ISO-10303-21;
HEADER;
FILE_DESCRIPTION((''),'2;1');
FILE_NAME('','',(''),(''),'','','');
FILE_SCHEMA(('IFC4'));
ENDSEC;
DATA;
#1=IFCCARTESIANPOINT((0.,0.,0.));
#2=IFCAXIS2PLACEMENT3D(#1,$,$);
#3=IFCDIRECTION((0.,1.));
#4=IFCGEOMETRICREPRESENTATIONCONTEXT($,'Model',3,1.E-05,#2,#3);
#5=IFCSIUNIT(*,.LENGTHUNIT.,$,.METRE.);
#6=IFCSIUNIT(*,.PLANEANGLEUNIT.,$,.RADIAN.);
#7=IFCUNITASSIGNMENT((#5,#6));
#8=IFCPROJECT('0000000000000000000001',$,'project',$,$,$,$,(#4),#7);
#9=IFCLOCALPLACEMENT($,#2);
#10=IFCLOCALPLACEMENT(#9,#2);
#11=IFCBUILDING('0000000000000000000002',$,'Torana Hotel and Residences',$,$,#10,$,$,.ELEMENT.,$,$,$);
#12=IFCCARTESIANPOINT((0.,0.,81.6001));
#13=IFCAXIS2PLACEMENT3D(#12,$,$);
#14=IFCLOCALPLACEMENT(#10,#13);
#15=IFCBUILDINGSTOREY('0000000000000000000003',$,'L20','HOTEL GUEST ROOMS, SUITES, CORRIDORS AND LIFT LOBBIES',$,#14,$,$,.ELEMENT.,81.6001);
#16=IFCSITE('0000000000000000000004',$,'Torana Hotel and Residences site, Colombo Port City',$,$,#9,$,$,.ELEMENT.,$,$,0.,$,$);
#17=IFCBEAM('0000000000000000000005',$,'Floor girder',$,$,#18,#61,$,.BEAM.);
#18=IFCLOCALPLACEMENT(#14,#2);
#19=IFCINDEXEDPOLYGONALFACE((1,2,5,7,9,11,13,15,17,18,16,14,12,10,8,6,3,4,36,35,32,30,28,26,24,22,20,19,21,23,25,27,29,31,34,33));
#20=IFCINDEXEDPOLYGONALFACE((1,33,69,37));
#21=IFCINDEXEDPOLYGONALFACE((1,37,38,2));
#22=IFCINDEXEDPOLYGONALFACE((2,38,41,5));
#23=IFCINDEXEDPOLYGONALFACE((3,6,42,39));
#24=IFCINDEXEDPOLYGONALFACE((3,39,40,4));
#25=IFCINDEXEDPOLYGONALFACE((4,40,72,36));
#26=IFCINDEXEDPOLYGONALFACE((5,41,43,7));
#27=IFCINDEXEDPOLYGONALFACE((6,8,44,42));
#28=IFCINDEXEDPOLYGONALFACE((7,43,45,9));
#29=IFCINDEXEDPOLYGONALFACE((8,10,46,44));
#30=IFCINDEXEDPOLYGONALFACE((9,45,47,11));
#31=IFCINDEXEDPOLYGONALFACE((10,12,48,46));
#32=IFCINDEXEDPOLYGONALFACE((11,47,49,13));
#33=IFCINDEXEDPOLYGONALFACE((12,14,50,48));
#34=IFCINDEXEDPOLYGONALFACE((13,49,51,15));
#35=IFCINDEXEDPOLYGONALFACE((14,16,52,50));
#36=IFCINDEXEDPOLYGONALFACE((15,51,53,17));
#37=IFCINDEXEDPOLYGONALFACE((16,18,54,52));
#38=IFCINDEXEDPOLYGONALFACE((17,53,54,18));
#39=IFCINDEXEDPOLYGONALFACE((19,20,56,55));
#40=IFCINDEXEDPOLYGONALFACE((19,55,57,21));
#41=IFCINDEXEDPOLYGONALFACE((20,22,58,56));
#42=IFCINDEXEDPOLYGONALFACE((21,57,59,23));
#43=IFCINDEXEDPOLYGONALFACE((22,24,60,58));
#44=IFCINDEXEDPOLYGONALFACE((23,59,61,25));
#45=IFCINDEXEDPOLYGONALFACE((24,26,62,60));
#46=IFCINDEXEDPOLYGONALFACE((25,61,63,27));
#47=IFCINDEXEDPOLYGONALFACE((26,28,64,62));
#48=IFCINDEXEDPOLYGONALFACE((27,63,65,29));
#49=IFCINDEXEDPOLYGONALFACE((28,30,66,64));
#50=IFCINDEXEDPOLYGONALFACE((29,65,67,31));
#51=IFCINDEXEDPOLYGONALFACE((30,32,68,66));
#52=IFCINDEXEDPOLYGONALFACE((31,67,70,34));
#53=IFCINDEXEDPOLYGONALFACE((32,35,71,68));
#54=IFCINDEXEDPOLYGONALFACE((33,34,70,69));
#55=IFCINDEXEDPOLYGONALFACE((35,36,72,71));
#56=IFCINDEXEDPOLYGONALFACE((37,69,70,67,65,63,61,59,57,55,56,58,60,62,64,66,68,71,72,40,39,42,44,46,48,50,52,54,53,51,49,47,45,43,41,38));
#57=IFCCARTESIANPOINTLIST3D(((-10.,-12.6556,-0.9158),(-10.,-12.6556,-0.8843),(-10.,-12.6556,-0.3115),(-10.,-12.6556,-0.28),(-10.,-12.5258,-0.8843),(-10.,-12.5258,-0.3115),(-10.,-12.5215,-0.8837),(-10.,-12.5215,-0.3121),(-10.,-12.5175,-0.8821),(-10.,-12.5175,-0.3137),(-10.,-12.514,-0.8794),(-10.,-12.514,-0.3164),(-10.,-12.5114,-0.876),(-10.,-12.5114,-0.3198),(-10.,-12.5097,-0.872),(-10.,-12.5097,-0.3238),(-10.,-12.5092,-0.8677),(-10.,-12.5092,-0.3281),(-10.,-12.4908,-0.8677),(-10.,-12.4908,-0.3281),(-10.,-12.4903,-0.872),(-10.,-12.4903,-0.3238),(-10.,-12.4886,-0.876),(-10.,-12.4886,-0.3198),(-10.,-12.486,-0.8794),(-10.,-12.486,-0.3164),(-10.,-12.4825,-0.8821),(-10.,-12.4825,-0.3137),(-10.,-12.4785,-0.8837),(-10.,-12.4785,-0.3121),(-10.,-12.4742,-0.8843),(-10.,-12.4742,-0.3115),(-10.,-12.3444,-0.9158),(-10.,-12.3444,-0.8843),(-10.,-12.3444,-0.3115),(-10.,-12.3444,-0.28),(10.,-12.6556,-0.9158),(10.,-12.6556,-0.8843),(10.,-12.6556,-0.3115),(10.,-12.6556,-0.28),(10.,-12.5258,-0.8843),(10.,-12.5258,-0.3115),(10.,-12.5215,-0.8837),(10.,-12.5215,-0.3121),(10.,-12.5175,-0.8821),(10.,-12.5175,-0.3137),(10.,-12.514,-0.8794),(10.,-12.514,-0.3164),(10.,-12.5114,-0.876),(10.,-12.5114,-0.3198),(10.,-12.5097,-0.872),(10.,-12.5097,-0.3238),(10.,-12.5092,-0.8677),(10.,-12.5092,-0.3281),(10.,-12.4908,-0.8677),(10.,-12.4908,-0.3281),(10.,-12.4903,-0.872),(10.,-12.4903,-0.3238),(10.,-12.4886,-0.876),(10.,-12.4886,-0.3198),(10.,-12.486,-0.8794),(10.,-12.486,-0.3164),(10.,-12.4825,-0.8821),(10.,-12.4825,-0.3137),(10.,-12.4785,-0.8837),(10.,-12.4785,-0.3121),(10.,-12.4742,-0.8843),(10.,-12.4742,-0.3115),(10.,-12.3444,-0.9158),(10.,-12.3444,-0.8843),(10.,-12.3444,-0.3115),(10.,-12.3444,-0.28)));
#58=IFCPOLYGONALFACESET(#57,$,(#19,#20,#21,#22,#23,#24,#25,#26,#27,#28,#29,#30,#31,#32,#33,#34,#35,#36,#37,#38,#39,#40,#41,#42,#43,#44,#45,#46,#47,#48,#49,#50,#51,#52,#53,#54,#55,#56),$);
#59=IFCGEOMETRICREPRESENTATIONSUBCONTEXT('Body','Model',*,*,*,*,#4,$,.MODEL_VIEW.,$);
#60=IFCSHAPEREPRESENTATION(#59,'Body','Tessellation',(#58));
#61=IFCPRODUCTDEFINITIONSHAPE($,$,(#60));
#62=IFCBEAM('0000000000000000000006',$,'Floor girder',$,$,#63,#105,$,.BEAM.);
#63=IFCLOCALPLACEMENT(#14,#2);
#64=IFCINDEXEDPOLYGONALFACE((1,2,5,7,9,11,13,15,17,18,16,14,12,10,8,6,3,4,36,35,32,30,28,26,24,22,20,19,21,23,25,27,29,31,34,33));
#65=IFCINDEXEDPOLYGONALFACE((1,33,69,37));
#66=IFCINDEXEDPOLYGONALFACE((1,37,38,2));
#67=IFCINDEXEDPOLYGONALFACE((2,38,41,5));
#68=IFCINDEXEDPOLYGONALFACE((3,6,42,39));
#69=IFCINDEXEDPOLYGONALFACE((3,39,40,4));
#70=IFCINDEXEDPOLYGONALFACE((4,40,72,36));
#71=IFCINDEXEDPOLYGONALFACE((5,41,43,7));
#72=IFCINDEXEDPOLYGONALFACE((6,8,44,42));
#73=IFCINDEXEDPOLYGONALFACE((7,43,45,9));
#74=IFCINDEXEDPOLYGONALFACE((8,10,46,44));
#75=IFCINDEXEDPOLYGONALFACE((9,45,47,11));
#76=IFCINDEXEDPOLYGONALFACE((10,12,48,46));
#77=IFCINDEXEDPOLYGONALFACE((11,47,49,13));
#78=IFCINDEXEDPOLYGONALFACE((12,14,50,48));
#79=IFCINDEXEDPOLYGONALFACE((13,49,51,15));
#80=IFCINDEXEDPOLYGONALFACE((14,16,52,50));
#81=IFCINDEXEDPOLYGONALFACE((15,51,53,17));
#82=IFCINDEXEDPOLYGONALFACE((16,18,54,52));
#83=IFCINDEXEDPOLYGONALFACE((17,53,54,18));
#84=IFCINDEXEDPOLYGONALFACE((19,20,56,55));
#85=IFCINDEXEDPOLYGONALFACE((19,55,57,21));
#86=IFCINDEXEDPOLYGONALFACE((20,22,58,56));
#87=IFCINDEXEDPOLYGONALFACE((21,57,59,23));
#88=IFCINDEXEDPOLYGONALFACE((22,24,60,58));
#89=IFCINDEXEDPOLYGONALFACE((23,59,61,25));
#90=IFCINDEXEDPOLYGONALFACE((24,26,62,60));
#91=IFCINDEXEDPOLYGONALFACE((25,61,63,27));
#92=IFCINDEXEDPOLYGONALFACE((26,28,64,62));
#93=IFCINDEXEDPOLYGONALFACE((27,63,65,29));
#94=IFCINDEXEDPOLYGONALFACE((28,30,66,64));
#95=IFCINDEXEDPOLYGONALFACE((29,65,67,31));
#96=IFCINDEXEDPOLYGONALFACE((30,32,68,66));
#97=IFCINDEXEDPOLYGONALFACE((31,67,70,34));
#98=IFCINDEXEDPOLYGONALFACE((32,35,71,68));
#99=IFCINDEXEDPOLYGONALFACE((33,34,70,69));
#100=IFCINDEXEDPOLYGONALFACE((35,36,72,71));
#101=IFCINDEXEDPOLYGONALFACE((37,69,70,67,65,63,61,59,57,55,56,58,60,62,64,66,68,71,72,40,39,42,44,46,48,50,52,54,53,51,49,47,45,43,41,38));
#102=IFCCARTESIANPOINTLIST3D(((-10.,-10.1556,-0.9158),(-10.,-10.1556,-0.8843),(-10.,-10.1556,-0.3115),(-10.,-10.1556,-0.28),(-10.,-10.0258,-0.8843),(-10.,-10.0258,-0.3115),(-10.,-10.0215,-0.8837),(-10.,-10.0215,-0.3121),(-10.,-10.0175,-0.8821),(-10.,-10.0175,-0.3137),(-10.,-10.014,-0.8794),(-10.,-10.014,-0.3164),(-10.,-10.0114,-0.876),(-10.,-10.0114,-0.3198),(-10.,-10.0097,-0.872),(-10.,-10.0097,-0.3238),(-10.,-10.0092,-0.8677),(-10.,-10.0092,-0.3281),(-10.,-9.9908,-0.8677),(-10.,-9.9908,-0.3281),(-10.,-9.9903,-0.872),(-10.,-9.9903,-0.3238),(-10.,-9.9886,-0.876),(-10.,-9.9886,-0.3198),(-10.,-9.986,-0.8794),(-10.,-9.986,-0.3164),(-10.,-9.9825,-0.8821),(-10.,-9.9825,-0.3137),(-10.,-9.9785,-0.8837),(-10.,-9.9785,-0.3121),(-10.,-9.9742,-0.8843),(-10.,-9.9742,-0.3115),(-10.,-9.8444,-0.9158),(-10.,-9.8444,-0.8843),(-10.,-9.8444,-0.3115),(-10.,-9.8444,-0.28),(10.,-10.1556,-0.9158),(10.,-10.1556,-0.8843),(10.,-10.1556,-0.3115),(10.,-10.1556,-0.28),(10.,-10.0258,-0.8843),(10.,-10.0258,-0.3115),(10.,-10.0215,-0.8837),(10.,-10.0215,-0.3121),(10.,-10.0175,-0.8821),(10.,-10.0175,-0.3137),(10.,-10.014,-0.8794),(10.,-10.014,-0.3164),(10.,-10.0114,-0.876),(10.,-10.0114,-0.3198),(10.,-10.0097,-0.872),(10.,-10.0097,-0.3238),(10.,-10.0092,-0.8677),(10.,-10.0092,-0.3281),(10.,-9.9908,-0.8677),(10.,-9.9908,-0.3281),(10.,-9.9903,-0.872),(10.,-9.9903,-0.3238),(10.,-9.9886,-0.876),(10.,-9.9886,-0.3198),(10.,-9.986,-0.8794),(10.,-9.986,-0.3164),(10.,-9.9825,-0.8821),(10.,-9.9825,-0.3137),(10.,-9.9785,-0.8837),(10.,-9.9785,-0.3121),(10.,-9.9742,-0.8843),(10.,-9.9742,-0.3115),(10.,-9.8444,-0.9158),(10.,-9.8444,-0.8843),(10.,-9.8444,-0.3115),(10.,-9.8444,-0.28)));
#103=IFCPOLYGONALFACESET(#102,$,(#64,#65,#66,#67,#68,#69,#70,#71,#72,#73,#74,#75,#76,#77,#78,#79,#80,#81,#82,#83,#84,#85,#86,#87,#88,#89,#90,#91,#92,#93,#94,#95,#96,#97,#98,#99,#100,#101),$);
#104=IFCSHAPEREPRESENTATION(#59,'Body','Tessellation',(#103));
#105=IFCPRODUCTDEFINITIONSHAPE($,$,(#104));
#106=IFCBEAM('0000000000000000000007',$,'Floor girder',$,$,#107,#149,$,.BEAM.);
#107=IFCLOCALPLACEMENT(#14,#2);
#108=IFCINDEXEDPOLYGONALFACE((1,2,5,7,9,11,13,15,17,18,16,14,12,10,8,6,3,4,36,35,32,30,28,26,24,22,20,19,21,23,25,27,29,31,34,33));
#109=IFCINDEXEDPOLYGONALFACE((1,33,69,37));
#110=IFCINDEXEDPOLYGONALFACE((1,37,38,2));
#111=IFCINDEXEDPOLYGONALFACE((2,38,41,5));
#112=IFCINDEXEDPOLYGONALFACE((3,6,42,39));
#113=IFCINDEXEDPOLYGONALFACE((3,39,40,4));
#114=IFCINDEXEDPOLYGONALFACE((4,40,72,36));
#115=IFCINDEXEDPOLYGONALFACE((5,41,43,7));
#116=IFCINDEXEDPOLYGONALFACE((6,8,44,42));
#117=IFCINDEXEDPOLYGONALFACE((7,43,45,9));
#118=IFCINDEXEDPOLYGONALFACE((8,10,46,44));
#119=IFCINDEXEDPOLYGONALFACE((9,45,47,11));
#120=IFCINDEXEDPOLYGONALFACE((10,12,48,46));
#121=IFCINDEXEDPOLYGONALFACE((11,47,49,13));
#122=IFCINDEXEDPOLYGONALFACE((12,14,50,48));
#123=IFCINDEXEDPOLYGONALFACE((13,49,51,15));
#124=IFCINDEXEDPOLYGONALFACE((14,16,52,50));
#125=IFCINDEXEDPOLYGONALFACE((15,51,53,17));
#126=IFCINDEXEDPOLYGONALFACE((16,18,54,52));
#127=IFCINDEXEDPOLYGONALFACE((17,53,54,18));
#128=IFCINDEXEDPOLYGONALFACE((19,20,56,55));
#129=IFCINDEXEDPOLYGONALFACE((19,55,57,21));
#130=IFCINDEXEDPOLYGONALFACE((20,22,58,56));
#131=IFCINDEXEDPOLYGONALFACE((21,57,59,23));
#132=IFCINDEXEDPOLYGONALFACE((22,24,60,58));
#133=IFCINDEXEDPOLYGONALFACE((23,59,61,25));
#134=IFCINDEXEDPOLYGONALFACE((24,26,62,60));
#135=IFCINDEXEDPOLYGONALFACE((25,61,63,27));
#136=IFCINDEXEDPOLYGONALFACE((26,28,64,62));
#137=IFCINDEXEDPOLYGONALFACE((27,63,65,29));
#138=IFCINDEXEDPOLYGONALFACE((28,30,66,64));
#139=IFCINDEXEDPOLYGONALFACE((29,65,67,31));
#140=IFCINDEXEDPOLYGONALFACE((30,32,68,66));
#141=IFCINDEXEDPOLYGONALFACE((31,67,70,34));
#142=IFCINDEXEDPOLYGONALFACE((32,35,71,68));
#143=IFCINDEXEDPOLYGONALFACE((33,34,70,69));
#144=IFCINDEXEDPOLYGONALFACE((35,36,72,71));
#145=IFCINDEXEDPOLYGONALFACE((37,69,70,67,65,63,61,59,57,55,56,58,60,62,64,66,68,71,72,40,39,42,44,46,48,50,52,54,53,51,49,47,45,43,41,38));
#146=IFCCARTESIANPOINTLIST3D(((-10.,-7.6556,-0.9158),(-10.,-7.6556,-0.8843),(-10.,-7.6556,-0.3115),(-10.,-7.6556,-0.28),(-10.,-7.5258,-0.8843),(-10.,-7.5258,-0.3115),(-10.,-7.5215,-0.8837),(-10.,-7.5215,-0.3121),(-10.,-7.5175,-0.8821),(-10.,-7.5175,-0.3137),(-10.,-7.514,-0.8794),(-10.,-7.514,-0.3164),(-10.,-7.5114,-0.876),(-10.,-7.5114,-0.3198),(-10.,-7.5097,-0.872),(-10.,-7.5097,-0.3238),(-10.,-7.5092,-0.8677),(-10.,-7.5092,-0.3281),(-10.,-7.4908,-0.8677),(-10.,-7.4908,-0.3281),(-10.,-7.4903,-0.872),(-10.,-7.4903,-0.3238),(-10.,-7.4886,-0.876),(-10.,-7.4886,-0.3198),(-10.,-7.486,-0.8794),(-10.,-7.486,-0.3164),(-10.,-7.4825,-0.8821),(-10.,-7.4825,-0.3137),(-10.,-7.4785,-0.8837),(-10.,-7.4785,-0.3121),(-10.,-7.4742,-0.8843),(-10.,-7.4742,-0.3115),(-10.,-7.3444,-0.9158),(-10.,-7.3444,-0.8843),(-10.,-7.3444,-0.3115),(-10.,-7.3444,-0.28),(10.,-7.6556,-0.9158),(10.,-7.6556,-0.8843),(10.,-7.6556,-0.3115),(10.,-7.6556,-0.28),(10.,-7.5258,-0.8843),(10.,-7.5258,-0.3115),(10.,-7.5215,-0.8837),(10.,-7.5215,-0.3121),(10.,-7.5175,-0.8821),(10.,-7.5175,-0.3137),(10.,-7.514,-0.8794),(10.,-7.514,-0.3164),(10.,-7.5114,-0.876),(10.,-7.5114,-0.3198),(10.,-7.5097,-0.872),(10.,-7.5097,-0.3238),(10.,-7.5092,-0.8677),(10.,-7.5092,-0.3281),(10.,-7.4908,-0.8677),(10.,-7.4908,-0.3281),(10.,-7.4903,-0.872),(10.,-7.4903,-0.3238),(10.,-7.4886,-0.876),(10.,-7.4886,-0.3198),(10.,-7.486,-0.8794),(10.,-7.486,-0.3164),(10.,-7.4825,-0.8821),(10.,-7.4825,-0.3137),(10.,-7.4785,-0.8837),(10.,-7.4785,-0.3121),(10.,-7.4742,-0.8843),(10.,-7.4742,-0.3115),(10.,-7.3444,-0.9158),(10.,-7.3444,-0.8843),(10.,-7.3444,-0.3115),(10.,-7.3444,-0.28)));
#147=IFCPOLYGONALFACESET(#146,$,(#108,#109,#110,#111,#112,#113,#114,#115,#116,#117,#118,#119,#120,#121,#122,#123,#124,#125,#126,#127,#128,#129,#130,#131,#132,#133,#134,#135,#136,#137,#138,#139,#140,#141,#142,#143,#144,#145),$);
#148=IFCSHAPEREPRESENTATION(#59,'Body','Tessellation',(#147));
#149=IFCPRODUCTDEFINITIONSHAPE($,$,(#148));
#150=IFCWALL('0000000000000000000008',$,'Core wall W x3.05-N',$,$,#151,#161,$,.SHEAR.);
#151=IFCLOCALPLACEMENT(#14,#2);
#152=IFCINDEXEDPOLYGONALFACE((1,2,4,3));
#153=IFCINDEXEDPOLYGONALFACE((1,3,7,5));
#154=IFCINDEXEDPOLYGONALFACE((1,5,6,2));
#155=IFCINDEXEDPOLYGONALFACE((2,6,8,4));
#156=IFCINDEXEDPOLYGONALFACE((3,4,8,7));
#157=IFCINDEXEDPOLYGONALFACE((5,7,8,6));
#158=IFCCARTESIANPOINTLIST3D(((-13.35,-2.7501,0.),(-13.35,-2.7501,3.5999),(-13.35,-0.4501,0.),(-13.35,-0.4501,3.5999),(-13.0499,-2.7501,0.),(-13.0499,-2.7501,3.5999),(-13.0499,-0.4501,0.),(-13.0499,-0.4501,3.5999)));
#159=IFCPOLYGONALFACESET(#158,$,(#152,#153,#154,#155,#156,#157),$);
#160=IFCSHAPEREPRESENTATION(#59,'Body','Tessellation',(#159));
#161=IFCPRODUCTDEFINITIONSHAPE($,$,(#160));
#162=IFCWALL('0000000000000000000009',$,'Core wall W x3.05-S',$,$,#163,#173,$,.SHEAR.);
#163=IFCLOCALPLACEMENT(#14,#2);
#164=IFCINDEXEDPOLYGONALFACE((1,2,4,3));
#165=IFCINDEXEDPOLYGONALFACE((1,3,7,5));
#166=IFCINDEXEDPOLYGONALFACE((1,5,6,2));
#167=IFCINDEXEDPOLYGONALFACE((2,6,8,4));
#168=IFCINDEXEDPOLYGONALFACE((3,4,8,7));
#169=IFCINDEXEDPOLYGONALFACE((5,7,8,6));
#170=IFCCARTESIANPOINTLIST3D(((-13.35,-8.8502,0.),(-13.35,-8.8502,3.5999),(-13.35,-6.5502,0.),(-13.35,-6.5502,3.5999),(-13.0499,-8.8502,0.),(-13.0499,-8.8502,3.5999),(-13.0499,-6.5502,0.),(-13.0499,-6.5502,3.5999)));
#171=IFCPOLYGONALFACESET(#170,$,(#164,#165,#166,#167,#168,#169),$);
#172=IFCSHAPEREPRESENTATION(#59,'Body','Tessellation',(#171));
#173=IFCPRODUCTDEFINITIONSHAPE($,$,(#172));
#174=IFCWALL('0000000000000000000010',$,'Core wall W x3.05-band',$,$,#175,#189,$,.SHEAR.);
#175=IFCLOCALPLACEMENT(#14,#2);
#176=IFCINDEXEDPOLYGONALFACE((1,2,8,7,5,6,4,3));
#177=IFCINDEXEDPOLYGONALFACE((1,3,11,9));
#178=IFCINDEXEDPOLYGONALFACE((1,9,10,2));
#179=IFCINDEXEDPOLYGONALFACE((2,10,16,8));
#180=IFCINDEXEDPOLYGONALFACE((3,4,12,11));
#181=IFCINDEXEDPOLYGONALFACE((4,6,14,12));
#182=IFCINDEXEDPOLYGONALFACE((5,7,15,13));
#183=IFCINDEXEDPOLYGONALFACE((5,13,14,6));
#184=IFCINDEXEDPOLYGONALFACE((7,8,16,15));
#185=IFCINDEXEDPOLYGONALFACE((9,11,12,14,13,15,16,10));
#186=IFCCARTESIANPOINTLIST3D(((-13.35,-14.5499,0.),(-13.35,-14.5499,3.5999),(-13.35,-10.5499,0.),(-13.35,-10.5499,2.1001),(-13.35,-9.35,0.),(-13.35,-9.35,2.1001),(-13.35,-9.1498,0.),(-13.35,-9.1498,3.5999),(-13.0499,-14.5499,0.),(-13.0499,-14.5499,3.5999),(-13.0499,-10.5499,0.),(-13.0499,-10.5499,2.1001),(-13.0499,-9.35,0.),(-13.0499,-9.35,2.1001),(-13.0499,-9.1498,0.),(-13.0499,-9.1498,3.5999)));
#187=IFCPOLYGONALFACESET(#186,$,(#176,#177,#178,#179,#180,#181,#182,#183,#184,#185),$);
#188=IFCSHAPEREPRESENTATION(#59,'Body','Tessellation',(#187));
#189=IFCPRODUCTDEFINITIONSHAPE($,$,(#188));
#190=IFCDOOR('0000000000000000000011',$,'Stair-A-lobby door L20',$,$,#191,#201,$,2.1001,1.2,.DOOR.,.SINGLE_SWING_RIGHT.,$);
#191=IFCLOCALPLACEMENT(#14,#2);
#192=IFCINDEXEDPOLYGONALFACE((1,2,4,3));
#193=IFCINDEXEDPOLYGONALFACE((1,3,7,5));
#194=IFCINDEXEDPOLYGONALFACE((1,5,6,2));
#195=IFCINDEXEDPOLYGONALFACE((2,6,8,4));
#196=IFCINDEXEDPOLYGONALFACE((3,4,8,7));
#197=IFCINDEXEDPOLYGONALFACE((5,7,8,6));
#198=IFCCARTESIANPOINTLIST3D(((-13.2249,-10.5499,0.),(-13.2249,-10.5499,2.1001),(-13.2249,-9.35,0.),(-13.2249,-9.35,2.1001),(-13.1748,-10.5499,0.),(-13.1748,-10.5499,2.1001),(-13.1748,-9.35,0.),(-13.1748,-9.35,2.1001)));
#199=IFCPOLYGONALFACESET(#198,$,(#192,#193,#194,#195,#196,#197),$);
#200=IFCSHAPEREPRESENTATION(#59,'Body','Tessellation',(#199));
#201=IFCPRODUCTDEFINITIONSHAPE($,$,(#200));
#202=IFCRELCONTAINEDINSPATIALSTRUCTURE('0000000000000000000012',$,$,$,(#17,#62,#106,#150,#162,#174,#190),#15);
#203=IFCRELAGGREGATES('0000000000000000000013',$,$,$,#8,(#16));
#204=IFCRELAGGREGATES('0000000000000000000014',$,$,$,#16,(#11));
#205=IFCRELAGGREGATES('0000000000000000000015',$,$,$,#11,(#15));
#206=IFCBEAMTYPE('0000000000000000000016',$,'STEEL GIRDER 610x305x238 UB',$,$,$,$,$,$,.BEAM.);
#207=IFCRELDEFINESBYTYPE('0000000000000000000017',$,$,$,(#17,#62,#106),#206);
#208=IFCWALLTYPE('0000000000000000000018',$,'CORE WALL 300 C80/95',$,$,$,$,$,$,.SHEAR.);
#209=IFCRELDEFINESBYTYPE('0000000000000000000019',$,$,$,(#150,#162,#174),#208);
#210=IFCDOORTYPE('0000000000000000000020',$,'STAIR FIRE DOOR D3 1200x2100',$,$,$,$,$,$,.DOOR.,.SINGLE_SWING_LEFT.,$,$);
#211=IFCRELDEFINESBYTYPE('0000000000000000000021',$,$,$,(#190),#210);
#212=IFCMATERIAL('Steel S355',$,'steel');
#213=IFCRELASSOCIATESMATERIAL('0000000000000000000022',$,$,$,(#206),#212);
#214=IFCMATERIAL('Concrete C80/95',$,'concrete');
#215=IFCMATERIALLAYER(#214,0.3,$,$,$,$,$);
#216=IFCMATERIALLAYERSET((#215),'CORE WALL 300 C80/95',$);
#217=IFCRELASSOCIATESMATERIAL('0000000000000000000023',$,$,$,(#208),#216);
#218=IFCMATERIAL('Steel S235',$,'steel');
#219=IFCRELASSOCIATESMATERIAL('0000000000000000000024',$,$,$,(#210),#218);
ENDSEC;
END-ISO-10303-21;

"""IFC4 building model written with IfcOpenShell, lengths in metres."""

from ifc_helpers import new_model, si_unit, direction, frame, frame_2d, origin, origin_2d, place, context, subcontext, project, spatial, rectangle, i_section, extrude, material, layer, layer_set, material_profile, profile_set, type_object, element, fill, save


model = new_model("IFC4")

# Units and contexts
model_context = context("Model", 3, precision=1e-05, world=origin(), true_north=direction((0.0, 1.0)))
body_context = subcontext(model_context, "Body", "Model", "MODEL_VIEW")
ifc_project = project(units=[si_unit("LENGTHUNIT", "METRE"), si_unit("PLANEANGLEUNIT", "RADIAN")], contexts=[model_context])

# Site, building, storey
site_placement = place(None, origin())
site = spatial("IfcSite", under=ifc_project, at=site_placement, Name="Torana Hotel and Residences site, Colombo Port City", CompositionType="ELEMENT", RefElevation=0.0)
building_placement = place(site_placement, origin())
building = spatial("IfcBuilding", under=site, at=building_placement, Name="Torana Hotel and Residences", CompositionType="ELEMENT")
storey_placement = place(building_placement, frame((0.0, 0.0, 81.6001)))
storey = spatial("IfcBuildingStorey", under=building, at=storey_placement, Name="L20", Description="HOTEL GUEST ROOMS, SUITES, CORRIDORS AND LIFT LOBBIES", CompositionType="ELEMENT", Elevation=81.6001)

# Beams
ifc_material_1 = material(Name="Steel S355", Category="steel")
ifc_material_profile = material_profile(ifc_material_1, i_section(OverallWidth=0.3113, OverallDepth=0.6357, WebThickness=0.0183, FlangeThickness=0.0315, FilletRadius=0.0166, at=origin_2d()), Name="610x305x238 UB")
ifc_profile_set = profile_set([ifc_material_profile], Name="Steel S355")
beam_type = type_object("IfcBeamType", Name="STEEL GIRDER 610x305x238 UB", PredefinedType="BEAM", material=ifc_profile_set)
for number, where, z_axis, x_axis, name in (
    (1, (-10.0, -12.5, -0.5979), (1.0, 0.0, 0.0), (0.0, 1.0, 0.0), "Floor girder"),
    (2, (-10.0, -10.0, -0.5979), (1.0, 0.0, 0.0), (0.0, 1.0, 0.0), "Floor girder"),
    (3, (-10.0, -7.5, -0.5979), (1.0, 0.0, 0.0), (0.0, 1.0, 0.0), "Floor girder"),
):
    element("IfcBeam", number, at=place(storey_placement, frame(where, z_axis=z_axis, x_axis=x_axis)), inside=storey, type_object=beam_type, Name=name, PredefinedType="BEAM", context=body_context, shape_type="SweptSolid", body=[
        extrude(i_section(OverallWidth=0.3113, OverallDepth=0.6357, WebThickness=0.0183, FlangeThickness=0.0315, FilletRadius=0.0166, at=origin_2d()), origin(), (0.0, 0.0, 1.0), 20.0),
    ])

# Walls
ifc_material_2 = material(Name="Concrete C80/95", Category="concrete")
ifc_layer_1 = layer(ifc_material_2, 0.3)
ifc_layer_set_1 = layer_set([ifc_layer_1], Name="CORE WALL 300 C80/95")
wall_type_1 = type_object("IfcWallType", Name="CORE WALL 300 C80/95", PredefinedType="SHEAR", material=ifc_layer_set_1)
for number, where, z_axis, x_axis, name in (
    (4, (-13.2, -2.75, 0.0), (0.0, 0.0, 1.0), (0.0, 1.0, 0.0), "Core wall W x3.05-N"),
    (5, (-13.2, -8.8501, 0.0), (0.0, 0.0, 1.0), (0.0, 1.0, 0.0), "Core wall W x3.05-S"),
):
    element("IfcWall", number, at=place(storey_placement, frame(where, z_axis=z_axis, x_axis=x_axis)), inside=storey, type_object=wall_type_1, Name=name, PredefinedType="SHEAR", context=body_context, shape_type="SweptSolid", body=[
        extrude(rectangle(XDim=2.3, YDim=0.3, at=frame_2d((1.1499, 0.0))), origin(), (0.0, 0.0, 1.0), 3.5999),
    ])

# Wall, opening, door
wall_1_placement = place(storey_placement, frame((-13.2, -14.55, 0.0), z_axis=(0.0, 0.0, 1.0), x_axis=(0.0, 1.0, 0.0)))
wall_1 = element("IfcWall", 6, at=wall_1_placement, inside=storey, type_object=wall_type_1, Name="Core wall W x3.05-band", PredefinedType="SHEAR", context=body_context, shape_type="SweptSolid", body=[
    extrude(rectangle(XDim=5.4001, YDim=0.3, at=frame_2d((2.7002, 0.0))), origin(), (0.0, 0.0, 1.0), 3.5999),
])
opening_1_placement = place(wall_1_placement, frame((4.0, 0.0, 0.0)))
opening_1 = element("IfcOpeningElement", 7, at=opening_1_placement, cuts=wall_1, PredefinedType="OPENING", context=body_context, shape_type="SweptSolid", body=[
    extrude(rectangle(XDim=1.2, YDim=2.1001, at=frame_2d((0.6001, 1.05))), frame((0.0, 0.1599, 0.0), z_axis=(0.0, -1.0, 0.0), x_axis=(1.0, 0.0, 0.0)), (0.0, 0.0, 1.0), 0.3201),
])
ifc_material_3 = material(Name="Steel S235", Category="steel")
door_type_1 = type_object("IfcDoorType", Name="STAIR FIRE DOOR D3 1200x2100", OperationType="SINGLE_SWING_LEFT", PredefinedType="DOOR", material=ifc_material_3)
door_1_placement = place(opening_1_placement, frame((0.6001, 0.0, 0.0), z_axis=(0.0, 0.0, 1.0), x_axis=(-1.0, 0.0, 0.0)))
door_1 = element("IfcDoor", 8, at=door_1_placement, inside=storey, type_object=door_type_1, Name="Stair-A-lobby door L20", OperationType="SINGLE_SWING_RIGHT", OverallHeight=2.1001, OverallWidth=1.2, PredefinedType="DOOR", context=body_context, shape_type="SweptSolid", body=[
    extrude(rectangle(XDim=1.2, YDim=2.1001, at=frame_2d((0.0, 1.05))), frame((0.0, -0.0249, 0.0), z_axis=(0.0, 1.0, 0.0), x_axis=(-1.0, 0.0, 0.0)), (0.0, 0.0, 1.0), 0.05),
])
fill(opening_1, door_1)

save(model, "model.ifc")
